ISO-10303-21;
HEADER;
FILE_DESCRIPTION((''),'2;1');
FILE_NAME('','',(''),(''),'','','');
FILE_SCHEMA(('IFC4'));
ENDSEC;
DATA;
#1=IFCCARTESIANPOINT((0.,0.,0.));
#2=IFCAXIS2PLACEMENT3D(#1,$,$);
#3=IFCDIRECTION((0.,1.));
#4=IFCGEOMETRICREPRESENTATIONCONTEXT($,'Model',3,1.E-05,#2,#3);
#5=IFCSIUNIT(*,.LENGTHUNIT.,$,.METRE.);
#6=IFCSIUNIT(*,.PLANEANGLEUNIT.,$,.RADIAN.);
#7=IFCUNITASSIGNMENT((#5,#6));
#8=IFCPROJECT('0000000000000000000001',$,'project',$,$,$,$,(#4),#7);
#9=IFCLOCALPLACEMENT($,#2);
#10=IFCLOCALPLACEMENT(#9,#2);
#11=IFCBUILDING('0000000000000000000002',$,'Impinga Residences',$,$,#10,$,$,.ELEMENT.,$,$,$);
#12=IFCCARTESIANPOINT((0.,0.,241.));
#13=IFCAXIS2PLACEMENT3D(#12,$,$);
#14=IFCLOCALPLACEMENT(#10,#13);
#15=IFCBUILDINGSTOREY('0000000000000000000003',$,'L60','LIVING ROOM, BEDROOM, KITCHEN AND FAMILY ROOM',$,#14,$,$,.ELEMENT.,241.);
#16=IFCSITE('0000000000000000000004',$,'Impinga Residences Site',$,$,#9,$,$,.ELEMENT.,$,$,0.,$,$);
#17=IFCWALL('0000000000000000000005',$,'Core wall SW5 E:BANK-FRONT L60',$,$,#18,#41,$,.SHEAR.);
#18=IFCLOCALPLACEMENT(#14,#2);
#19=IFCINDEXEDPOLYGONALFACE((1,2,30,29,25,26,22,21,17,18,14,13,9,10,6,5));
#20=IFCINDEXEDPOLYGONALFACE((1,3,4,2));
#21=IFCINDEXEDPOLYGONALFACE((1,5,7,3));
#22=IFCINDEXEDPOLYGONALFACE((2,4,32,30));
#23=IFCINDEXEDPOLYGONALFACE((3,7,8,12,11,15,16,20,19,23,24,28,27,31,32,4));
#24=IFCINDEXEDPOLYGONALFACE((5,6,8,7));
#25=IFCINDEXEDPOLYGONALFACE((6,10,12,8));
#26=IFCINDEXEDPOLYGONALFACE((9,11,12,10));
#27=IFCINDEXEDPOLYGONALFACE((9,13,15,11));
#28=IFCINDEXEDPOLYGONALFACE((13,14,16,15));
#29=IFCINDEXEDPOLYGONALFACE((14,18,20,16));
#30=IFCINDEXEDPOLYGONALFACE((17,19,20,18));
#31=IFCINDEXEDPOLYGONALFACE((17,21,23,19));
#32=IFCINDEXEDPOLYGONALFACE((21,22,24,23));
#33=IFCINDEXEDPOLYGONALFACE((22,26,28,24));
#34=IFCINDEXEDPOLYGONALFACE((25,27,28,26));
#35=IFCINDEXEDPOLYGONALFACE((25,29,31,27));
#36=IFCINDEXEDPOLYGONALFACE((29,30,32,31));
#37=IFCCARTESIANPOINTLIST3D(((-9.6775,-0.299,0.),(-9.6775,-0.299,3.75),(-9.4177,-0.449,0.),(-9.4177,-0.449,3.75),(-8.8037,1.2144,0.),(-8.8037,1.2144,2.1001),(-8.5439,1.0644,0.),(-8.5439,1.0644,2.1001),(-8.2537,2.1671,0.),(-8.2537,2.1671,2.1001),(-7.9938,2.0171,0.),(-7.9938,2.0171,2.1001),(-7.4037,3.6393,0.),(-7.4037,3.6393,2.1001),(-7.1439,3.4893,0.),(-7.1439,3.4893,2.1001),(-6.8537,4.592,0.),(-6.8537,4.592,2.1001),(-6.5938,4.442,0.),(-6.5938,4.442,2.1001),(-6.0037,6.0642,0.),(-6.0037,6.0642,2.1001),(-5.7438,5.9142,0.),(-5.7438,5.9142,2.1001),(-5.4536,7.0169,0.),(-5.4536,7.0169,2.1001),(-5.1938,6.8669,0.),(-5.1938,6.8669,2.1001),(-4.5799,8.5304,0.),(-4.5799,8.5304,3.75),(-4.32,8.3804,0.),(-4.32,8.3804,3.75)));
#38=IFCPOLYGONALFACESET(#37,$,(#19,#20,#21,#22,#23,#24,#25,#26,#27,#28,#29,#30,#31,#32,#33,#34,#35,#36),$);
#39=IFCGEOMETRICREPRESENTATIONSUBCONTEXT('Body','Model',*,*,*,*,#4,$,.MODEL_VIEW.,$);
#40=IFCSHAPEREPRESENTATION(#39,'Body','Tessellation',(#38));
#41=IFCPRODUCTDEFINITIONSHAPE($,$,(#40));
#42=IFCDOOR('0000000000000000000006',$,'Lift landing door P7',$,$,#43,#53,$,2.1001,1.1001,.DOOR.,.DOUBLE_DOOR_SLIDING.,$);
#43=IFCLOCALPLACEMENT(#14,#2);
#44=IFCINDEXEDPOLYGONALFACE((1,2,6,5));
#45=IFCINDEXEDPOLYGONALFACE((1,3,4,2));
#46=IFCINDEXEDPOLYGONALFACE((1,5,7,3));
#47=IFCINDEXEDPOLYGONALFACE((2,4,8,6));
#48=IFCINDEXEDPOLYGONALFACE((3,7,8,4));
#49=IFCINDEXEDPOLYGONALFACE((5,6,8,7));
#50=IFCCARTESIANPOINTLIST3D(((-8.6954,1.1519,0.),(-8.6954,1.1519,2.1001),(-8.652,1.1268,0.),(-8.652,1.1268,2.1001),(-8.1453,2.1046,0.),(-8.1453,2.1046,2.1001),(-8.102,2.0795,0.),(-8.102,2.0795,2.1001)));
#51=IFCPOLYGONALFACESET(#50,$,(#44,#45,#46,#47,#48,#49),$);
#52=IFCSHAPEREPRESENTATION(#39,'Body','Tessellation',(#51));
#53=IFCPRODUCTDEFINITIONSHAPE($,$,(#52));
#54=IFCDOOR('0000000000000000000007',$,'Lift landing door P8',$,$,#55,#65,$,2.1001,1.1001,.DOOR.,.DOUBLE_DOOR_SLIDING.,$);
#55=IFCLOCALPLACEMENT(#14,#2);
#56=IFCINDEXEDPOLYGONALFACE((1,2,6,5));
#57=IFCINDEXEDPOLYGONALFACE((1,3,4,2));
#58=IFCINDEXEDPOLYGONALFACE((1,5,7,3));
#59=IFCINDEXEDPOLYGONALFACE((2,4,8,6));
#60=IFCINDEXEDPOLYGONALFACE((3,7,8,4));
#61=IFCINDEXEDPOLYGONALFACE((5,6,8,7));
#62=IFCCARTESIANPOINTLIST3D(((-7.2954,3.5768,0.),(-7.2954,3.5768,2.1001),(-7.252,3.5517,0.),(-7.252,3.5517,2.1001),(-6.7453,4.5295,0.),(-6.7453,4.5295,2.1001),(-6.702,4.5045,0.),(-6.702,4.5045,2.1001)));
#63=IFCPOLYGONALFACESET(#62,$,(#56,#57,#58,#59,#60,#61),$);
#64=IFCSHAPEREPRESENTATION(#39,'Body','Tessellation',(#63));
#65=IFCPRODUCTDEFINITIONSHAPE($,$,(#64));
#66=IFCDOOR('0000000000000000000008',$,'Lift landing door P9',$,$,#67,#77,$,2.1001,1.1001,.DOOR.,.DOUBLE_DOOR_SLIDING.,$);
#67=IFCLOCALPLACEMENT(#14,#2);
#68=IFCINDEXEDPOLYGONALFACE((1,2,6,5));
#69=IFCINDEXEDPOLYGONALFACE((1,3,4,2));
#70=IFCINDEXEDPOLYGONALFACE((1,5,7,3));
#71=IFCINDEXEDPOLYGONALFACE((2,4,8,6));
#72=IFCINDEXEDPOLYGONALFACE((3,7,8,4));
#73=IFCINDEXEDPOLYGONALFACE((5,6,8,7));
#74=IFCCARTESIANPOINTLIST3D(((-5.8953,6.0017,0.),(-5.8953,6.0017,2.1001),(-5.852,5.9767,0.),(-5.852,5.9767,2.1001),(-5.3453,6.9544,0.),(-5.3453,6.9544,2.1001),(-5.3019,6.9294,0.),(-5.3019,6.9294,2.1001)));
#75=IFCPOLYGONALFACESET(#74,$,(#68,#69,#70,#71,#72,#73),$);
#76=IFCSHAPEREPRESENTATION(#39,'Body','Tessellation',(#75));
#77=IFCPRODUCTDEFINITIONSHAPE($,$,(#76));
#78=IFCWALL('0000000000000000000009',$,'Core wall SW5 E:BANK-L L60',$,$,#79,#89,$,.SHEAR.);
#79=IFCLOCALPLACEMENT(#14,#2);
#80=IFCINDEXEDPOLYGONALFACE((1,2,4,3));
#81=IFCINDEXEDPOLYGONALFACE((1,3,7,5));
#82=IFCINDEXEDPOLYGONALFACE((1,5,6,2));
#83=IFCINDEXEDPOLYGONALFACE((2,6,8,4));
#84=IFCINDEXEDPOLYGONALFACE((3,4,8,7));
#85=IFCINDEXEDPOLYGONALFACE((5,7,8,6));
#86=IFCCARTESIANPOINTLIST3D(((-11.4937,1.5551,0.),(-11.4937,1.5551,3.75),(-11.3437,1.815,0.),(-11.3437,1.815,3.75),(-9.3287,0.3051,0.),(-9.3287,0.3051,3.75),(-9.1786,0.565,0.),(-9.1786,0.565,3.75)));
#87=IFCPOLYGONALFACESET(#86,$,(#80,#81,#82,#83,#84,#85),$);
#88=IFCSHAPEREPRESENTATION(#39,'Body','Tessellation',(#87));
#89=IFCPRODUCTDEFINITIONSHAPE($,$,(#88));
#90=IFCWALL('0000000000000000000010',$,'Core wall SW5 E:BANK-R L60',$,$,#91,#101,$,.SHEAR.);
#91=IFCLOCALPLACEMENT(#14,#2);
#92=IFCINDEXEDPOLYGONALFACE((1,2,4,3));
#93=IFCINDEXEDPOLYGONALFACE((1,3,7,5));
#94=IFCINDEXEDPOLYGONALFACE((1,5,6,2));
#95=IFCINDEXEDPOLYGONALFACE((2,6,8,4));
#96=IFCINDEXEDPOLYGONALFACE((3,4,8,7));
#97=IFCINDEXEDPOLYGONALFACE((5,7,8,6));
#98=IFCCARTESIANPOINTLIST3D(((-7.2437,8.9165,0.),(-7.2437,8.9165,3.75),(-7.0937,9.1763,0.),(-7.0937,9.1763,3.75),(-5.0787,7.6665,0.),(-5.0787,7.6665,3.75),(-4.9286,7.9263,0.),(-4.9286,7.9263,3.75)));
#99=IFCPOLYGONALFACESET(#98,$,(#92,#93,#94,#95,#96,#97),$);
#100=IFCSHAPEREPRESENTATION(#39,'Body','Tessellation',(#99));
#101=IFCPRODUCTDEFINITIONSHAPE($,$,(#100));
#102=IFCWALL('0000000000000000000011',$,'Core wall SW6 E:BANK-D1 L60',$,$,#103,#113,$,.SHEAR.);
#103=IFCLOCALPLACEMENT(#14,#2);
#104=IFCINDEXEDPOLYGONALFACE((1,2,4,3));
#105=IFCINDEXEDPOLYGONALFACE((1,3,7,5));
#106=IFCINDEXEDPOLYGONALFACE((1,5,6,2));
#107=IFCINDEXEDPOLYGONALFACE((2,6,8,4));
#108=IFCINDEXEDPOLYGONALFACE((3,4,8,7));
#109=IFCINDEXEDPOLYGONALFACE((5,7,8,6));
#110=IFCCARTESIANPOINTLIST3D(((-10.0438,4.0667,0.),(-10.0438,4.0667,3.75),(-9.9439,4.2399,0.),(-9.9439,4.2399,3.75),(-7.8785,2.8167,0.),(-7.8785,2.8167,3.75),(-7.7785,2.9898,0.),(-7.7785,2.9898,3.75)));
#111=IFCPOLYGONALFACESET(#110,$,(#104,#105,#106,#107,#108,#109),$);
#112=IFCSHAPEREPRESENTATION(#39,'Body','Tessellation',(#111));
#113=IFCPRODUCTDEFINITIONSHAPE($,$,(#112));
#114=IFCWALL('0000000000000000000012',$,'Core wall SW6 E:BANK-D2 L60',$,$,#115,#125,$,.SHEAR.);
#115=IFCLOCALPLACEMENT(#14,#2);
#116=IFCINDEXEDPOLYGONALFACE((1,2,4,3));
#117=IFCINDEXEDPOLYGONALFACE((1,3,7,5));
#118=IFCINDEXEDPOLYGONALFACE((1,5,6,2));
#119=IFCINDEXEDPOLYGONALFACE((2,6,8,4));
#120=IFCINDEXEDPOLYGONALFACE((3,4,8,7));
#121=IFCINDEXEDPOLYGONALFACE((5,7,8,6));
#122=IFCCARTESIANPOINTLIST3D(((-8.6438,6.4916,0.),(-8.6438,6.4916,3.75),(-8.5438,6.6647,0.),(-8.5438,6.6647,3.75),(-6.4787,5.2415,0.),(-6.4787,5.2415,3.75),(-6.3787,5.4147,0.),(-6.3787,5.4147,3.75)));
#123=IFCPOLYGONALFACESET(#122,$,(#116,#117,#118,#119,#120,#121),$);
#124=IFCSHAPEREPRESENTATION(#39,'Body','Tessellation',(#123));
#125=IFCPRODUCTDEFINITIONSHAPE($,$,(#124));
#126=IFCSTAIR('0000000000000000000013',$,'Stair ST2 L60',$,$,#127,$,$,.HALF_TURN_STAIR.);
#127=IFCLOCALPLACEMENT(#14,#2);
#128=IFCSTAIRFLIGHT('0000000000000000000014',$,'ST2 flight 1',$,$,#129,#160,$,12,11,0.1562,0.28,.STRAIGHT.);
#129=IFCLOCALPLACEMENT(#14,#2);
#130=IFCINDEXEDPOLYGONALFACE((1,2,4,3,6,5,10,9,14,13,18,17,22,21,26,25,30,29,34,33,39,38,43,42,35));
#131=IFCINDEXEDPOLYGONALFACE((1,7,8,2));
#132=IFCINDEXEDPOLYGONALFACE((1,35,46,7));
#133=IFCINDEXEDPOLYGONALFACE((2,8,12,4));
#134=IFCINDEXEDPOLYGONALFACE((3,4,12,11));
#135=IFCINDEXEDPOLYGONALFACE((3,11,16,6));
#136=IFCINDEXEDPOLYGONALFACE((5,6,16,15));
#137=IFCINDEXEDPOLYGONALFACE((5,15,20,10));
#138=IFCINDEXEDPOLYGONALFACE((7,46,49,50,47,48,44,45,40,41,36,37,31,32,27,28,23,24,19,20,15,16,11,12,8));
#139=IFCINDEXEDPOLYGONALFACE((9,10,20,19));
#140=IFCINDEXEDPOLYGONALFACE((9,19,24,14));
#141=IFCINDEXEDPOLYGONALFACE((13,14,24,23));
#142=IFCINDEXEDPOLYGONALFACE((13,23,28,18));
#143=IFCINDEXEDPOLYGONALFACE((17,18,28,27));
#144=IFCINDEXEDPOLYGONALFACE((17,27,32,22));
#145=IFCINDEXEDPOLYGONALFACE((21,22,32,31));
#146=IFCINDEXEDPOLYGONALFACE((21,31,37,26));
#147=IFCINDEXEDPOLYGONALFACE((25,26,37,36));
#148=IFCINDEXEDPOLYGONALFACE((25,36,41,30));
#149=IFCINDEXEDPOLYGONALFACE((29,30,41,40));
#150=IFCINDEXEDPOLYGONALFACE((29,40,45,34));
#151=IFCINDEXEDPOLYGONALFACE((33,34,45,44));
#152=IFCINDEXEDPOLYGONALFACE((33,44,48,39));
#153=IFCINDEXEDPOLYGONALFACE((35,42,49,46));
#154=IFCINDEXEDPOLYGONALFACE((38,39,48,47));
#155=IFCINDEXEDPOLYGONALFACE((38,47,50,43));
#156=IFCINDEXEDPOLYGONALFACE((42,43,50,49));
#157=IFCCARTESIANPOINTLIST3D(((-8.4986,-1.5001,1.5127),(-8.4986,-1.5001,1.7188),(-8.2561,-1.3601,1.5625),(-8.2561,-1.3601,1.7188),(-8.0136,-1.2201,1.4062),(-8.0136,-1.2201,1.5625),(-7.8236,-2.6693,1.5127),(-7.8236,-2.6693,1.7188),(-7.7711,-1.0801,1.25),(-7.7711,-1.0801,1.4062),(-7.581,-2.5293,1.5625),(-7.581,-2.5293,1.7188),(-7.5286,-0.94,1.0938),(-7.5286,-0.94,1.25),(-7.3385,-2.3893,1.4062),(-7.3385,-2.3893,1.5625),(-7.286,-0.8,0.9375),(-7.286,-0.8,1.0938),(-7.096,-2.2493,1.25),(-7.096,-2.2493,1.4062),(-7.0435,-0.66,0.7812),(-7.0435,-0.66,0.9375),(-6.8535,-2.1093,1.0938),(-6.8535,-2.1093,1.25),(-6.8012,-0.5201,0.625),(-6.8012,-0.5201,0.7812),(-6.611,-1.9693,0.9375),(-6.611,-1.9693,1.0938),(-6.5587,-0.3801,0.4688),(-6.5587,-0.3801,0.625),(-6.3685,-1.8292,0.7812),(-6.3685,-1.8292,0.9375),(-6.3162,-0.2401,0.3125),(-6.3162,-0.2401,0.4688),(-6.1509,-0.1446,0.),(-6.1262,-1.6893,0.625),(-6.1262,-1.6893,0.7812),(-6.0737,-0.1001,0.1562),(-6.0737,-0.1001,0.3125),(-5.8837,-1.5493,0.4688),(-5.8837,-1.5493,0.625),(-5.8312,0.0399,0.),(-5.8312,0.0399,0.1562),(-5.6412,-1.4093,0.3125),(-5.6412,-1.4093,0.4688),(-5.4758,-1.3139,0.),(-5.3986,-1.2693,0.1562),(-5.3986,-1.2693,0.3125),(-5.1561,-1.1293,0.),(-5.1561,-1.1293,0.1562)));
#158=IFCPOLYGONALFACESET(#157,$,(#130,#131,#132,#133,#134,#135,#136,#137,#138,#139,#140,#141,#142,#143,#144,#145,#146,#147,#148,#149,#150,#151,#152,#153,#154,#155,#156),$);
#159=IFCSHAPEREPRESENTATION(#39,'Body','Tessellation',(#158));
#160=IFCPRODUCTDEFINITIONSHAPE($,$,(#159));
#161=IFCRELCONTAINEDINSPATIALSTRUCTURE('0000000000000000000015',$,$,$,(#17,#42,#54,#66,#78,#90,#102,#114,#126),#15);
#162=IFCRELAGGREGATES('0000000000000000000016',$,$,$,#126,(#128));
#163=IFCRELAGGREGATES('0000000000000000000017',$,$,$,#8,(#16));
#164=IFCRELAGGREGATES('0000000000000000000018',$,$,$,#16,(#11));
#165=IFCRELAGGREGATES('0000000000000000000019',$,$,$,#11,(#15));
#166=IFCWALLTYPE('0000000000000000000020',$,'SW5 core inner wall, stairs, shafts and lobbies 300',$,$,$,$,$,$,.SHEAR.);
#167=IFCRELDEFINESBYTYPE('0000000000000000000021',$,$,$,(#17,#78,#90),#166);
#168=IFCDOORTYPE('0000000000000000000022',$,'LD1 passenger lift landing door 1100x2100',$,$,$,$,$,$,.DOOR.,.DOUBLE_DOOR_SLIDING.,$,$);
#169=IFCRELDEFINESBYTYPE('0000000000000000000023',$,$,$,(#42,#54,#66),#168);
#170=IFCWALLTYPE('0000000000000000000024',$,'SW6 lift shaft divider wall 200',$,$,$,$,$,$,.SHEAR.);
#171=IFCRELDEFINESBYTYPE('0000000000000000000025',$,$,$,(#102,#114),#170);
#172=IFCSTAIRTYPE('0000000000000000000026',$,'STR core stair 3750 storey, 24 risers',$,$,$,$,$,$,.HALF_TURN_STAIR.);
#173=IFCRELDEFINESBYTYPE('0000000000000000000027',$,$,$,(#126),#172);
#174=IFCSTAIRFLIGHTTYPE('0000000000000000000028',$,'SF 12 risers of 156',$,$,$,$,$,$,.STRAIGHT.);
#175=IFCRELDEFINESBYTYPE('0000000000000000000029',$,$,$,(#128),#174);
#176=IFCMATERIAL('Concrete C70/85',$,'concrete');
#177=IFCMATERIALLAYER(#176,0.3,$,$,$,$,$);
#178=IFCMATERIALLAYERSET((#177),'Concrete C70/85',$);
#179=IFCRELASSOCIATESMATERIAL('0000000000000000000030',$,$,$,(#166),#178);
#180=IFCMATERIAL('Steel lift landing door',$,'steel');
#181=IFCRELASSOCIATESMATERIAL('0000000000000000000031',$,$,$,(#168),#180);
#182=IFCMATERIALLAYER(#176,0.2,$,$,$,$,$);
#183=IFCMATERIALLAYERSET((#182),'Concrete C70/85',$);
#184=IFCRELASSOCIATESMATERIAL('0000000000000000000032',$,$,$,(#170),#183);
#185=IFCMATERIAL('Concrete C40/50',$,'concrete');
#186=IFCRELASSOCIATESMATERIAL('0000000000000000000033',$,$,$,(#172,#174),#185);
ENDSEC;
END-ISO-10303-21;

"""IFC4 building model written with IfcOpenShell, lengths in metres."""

from ifc_helpers import new_model, si_unit, direction, frame, frame_2d, origin, place, context, subcontext, project, spatial, polyline, rectangle, outline, extrude, material, layer, layer_set, type_object, element, fill, aggregate, save


model = new_model("IFC4")

# Units and contexts
model_context = context("Model", 3, precision=1e-05, world=origin(), true_north=direction((0.0, 1.0)))
body_context = subcontext(model_context, "Body", "Model", "MODEL_VIEW")
ifc_project = project(units=[si_unit("LENGTHUNIT", "METRE"), si_unit("PLANEANGLEUNIT", "RADIAN")], contexts=[model_context])

# Site, building, storey
site_placement = place(None, origin())
site = spatial("IfcSite", under=ifc_project, at=site_placement, Name="Impinga Residences Site", CompositionType="ELEMENT", RefElevation=0.0)
building_placement = place(site_placement, origin())
building = spatial("IfcBuilding", under=site, at=building_placement, Name="Impinga Residences", CompositionType="ELEMENT")
storey_placement = place(building_placement, frame((0.0, 0.0, 241.0)))
storey = spatial("IfcBuildingStorey", under=building, at=storey_placement, Name="L60", Description="LIVING ROOM, BEDROOM, KITCHEN AND FAMILY ROOM", CompositionType="ELEMENT", Elevation=241.0)

# Shared definitions
ifc_material_1 = material(Name="Concrete C70/85", Category="concrete")
ifc_layer_1 = layer(ifc_material_1, 0.3)
ifc_layer_set_1 = layer_set([ifc_layer_1], Name="Concrete C70/85")
wall_type_1 = type_object("IfcWallType", Name="SW5 core inner wall, stairs, shafts and lobbies 300", PredefinedType="SHEAR", material=ifc_layer_set_1)

# Shared definitions
ifc_material_2 = material(Name="Steel lift landing door", Category="steel")

# Wall, openings, doors
wall_1_placement = place(storey_placement, frame((-9.5476, -0.374, 0.0), z_axis=(0.0, 0.0, 1.0), x_axis=(0.500002, 0.866024, 0.0)))
wall_1 = element("IfcWall", 1, at=wall_1_placement, inside=storey, type_object=wall_type_1, Name="Core wall SW5 E:BANK-FRONT L60", PredefinedType="SHEAR", context=body_context, shape_type="SweptSolid", body=[
    extrude(rectangle(XDim=10.1953, YDim=0.3, at=frame_2d((5.0977, 0.0))), origin(), (0.0, 0.0, 1.0), 3.75),
])
opening_1_placement = place(wall_1_placement, frame((1.7476, 0.0, 0.0)))
opening_1 = element("IfcOpeningElement", 2, at=opening_1_placement, cuts=wall_1, PredefinedType="OPENING", context=body_context, shape_type="SweptSolid", body=[
    extrude(rectangle(XDim=1.1001, YDim=2.1001, at=frame_2d((0.55, 1.05))), frame((0.0, 0.1599, 0.0), z_axis=(0.0, -1.0, 0.0), x_axis=(1.0, 0.0, 0.0)), (0.0, 0.0, 1.0), 0.3201),
])
opening_2_placement = place(wall_1_placement, frame((4.5476, 0.0, 0.0)))
opening_2 = element("IfcOpeningElement", 3, at=opening_2_placement, cuts=wall_1, PredefinedType="OPENING", context=body_context, shape_type="SweptSolid", body=[
    extrude(rectangle(XDim=1.1001, YDim=2.1001, at=frame_2d((0.55, 1.05))), frame((0.0, 0.1599, 0.0), z_axis=(0.0, -1.0, 0.0), x_axis=(1.0, 0.0, 0.0)), (0.0, 0.0, 1.0), 0.3201),
])
opening_3_placement = place(wall_1_placement, frame((7.3477, 0.0, 0.0)))
opening_3 = element("IfcOpeningElement", 4, at=opening_3_placement, cuts=wall_1, PredefinedType="OPENING", context=body_context, shape_type="SweptSolid", body=[
    extrude(rectangle(XDim=1.1001, YDim=2.1001, at=frame_2d((0.55, 1.05))), frame((0.0, 0.1599, 0.0), z_axis=(0.0, -1.0, 0.0), x_axis=(1.0, 0.0, 0.0)), (0.0, 0.0, 1.0), 0.3201),
])
door_type_1 = type_object("IfcDoorType", Name="LD1 passenger lift landing door 1100x2100", OperationType="DOUBLE_DOOR_SLIDING", PredefinedType="DOOR", material=ifc_material_2)
door_1_placement = place(opening_1_placement, origin())
door_1 = element("IfcDoor", 5, at=door_1_placement, inside=storey, type_object=door_type_1, Name="Lift landing door P7", OperationType="DOUBLE_DOOR_SLIDING", OverallHeight=2.1001, OverallWidth=1.1001, PredefinedType="DOOR", context=body_context, shape_type="SweptSolid", body=[
    extrude(rectangle(XDim=1.1001, YDim=2.1001, at=frame_2d((0.55, 1.05))), frame((0.0, 0.0249, 0.0), z_axis=(0.0, -1.0, 0.0), x_axis=(1.0, 0.0, 0.0)), (0.0, 0.0, 1.0), 0.05),
])
fill(opening_1, door_1)
door_2_placement = place(opening_2_placement, origin())
door_2 = element("IfcDoor", 6, at=door_2_placement, inside=storey, type_object=door_type_1, Name="Lift landing door P8", OperationType="DOUBLE_DOOR_SLIDING", OverallHeight=2.1001, OverallWidth=1.1001, PredefinedType="DOOR", context=body_context, shape_type="SweptSolid", body=[
    extrude(rectangle(XDim=1.1001, YDim=2.1001, at=frame_2d((0.55, 1.05))), frame((0.0, 0.0249, 0.0), z_axis=(0.0, -1.0, 0.0), x_axis=(1.0, 0.0, 0.0)), (0.0, 0.0, 1.0), 0.05),
])
fill(opening_2, door_2)
door_3_placement = place(opening_3_placement, origin())
door_3 = element("IfcDoor", 7, at=door_3_placement, inside=storey, type_object=door_type_1, Name="Lift landing door P9", OperationType="DOUBLE_DOOR_SLIDING", OverallHeight=2.1001, OverallWidth=1.1001, PredefinedType="DOOR", context=body_context, shape_type="SweptSolid", body=[
    extrude(rectangle(XDim=1.1001, YDim=2.1001, at=frame_2d((0.55, 1.05))), frame((0.0, 0.0249, 0.0), z_axis=(0.0, -1.0, 0.0), x_axis=(1.0, 0.0, 0.0)), (0.0, 0.0, 1.0), 0.05),
])
fill(opening_3, door_3)

# Walls
for number, where, z_axis, x_axis, name in (
    (8, (-9.2537, 0.4351, 0.0), (0.0, 0.0, 1.0), (-0.866023, 0.500004, 0.0), "Core wall SW5 E:BANK-L L60"),
    (9, (-5.0037, 7.7964, 0.0), (0.0, 0.0, 1.0), (-0.866023, 0.500004, 0.0), "Core wall SW5 E:BANK-R L60"),
):
    element("IfcWall", number, at=place(storey_placement, frame(where, z_axis=z_axis, x_axis=x_axis)), inside=storey, type_object=wall_type_1, Name=name, PredefinedType="SHEAR", context=body_context, shape_type="SweptSolid", body=[
        extrude(rectangle(XDim=2.5, YDim=0.3, at=frame_2d((1.25, 0.0))), origin(), (0.0, 0.0, 1.0), 3.75),
    ])
ifc_layer_2 = layer(ifc_material_1, 0.2)
ifc_layer_set_2 = layer_set([ifc_layer_2], Name="Concrete C70/85")
wall_type_2 = type_object("IfcWallType", Name="SW6 lift shaft divider wall 200", PredefinedType="SHEAR", material=ifc_layer_set_2)
wall_2_placement = place(storey_placement, frame((-7.8286, 2.9033, 0.0), z_axis=(0.0, 0.0, 1.0), x_axis=(-0.866047, 0.499962, 0.0)))
element("IfcWall", 10, at=wall_2_placement, inside=storey, type_object=wall_type_2, Name="Core wall SW6 E:BANK-D1 L60", PredefinedType="SHEAR", context=body_context, shape_type="SweptSolid", body=[
    extrude(rectangle(XDim=2.5002, YDim=0.2, at=frame_2d((1.25, 0.0))), origin(), (0.0, 0.0, 1.0), 3.75),
])
wall_3_placement = place(storey_placement, frame((-6.4287, 5.3281, 0.0), z_axis=(0.0, 0.0, 1.0), x_axis=(-0.866023, 0.500004, 0.0)))
element("IfcWall", 11, at=wall_3_placement, inside=storey, type_object=wall_type_2, Name="Core wall SW6 E:BANK-D2 L60", PredefinedType="SHEAR", context=body_context, shape_type="SweptSolid", body=[
    extrude(rectangle(XDim=2.5, YDim=0.2, at=frame_2d((1.25, 0.0))), origin(), (0.0, 0.0, 1.0), 3.75),
])

# Stair, stair flight
ifc_material_3 = material(Name="Concrete C40/50", Category="concrete")
stair_type = type_object("IfcStairType", Name="STR core stair 3750 storey, 24 risers", PredefinedType="HALF_TURN_STAIR", material=ifc_material_3)
stair_placement = place(storey_placement, origin())
stair = element("IfcStair", 12, at=stair_placement, inside=storey, type_object=stair_type, Name="Stair ST2 L60", PredefinedType="HALF_TURN_STAIR")
stair_flight_type = type_object("IfcStairFlightType", Name="SF 12 risers of 156", PredefinedType="STRAIGHT", material=ifc_material_3)
stair_flight_placement = place(storey_placement, frame((-5.4937, -0.5447, 0.0), z_axis=(0.0, 0.0, 1.0), x_axis=(-0.866025, -0.5, 0.0)))
stair_flight = element("IfcStairFlight", 13, at=stair_flight_placement, type_object=stair_flight_type, Name="ST2 flight 1", NumberOfRisers=12, NumberOfTreads=11, PredefinedType="STRAIGHT", RiserHeight=0.1562, TreadLength=0.28, context=body_context, shape_type="SweptSolid", body=[
    extrude(outline(polyline([(0.0, 0.0), (0.0, 0.1562), (0.28, 0.1562), (0.28, 0.3125), (0.5601, 0.3125), (0.5601, 0.4688), (0.8401, 0.4688), (0.8401, 0.625), (1.1201, 0.625), (1.1201, 0.7812), (1.3999, 0.7812), (1.3999, 0.9375), (1.6799, 0.9375), (1.6799, 1.0938), (1.96, 1.0938), (1.96, 1.25), (2.24, 1.25), (2.24, 1.4062), (2.52, 1.4062), (2.52, 1.5625), (2.8, 1.5625), (2.8, 1.7188), (3.0801, 1.7188), (3.0801, 1.875), (3.0801, 1.5127), (0.3691, 0.0), (0.0, 0.0)])), frame((0.0, 0.675, 0.0), z_axis=(0.0, -1.0, 0.0), x_axis=(1.0, 0.0, 0.0)), (0.0, 0.0, 1.0), 1.3501),
])
aggregate(stair, [stair_flight])

save(model, "model.ifc")
